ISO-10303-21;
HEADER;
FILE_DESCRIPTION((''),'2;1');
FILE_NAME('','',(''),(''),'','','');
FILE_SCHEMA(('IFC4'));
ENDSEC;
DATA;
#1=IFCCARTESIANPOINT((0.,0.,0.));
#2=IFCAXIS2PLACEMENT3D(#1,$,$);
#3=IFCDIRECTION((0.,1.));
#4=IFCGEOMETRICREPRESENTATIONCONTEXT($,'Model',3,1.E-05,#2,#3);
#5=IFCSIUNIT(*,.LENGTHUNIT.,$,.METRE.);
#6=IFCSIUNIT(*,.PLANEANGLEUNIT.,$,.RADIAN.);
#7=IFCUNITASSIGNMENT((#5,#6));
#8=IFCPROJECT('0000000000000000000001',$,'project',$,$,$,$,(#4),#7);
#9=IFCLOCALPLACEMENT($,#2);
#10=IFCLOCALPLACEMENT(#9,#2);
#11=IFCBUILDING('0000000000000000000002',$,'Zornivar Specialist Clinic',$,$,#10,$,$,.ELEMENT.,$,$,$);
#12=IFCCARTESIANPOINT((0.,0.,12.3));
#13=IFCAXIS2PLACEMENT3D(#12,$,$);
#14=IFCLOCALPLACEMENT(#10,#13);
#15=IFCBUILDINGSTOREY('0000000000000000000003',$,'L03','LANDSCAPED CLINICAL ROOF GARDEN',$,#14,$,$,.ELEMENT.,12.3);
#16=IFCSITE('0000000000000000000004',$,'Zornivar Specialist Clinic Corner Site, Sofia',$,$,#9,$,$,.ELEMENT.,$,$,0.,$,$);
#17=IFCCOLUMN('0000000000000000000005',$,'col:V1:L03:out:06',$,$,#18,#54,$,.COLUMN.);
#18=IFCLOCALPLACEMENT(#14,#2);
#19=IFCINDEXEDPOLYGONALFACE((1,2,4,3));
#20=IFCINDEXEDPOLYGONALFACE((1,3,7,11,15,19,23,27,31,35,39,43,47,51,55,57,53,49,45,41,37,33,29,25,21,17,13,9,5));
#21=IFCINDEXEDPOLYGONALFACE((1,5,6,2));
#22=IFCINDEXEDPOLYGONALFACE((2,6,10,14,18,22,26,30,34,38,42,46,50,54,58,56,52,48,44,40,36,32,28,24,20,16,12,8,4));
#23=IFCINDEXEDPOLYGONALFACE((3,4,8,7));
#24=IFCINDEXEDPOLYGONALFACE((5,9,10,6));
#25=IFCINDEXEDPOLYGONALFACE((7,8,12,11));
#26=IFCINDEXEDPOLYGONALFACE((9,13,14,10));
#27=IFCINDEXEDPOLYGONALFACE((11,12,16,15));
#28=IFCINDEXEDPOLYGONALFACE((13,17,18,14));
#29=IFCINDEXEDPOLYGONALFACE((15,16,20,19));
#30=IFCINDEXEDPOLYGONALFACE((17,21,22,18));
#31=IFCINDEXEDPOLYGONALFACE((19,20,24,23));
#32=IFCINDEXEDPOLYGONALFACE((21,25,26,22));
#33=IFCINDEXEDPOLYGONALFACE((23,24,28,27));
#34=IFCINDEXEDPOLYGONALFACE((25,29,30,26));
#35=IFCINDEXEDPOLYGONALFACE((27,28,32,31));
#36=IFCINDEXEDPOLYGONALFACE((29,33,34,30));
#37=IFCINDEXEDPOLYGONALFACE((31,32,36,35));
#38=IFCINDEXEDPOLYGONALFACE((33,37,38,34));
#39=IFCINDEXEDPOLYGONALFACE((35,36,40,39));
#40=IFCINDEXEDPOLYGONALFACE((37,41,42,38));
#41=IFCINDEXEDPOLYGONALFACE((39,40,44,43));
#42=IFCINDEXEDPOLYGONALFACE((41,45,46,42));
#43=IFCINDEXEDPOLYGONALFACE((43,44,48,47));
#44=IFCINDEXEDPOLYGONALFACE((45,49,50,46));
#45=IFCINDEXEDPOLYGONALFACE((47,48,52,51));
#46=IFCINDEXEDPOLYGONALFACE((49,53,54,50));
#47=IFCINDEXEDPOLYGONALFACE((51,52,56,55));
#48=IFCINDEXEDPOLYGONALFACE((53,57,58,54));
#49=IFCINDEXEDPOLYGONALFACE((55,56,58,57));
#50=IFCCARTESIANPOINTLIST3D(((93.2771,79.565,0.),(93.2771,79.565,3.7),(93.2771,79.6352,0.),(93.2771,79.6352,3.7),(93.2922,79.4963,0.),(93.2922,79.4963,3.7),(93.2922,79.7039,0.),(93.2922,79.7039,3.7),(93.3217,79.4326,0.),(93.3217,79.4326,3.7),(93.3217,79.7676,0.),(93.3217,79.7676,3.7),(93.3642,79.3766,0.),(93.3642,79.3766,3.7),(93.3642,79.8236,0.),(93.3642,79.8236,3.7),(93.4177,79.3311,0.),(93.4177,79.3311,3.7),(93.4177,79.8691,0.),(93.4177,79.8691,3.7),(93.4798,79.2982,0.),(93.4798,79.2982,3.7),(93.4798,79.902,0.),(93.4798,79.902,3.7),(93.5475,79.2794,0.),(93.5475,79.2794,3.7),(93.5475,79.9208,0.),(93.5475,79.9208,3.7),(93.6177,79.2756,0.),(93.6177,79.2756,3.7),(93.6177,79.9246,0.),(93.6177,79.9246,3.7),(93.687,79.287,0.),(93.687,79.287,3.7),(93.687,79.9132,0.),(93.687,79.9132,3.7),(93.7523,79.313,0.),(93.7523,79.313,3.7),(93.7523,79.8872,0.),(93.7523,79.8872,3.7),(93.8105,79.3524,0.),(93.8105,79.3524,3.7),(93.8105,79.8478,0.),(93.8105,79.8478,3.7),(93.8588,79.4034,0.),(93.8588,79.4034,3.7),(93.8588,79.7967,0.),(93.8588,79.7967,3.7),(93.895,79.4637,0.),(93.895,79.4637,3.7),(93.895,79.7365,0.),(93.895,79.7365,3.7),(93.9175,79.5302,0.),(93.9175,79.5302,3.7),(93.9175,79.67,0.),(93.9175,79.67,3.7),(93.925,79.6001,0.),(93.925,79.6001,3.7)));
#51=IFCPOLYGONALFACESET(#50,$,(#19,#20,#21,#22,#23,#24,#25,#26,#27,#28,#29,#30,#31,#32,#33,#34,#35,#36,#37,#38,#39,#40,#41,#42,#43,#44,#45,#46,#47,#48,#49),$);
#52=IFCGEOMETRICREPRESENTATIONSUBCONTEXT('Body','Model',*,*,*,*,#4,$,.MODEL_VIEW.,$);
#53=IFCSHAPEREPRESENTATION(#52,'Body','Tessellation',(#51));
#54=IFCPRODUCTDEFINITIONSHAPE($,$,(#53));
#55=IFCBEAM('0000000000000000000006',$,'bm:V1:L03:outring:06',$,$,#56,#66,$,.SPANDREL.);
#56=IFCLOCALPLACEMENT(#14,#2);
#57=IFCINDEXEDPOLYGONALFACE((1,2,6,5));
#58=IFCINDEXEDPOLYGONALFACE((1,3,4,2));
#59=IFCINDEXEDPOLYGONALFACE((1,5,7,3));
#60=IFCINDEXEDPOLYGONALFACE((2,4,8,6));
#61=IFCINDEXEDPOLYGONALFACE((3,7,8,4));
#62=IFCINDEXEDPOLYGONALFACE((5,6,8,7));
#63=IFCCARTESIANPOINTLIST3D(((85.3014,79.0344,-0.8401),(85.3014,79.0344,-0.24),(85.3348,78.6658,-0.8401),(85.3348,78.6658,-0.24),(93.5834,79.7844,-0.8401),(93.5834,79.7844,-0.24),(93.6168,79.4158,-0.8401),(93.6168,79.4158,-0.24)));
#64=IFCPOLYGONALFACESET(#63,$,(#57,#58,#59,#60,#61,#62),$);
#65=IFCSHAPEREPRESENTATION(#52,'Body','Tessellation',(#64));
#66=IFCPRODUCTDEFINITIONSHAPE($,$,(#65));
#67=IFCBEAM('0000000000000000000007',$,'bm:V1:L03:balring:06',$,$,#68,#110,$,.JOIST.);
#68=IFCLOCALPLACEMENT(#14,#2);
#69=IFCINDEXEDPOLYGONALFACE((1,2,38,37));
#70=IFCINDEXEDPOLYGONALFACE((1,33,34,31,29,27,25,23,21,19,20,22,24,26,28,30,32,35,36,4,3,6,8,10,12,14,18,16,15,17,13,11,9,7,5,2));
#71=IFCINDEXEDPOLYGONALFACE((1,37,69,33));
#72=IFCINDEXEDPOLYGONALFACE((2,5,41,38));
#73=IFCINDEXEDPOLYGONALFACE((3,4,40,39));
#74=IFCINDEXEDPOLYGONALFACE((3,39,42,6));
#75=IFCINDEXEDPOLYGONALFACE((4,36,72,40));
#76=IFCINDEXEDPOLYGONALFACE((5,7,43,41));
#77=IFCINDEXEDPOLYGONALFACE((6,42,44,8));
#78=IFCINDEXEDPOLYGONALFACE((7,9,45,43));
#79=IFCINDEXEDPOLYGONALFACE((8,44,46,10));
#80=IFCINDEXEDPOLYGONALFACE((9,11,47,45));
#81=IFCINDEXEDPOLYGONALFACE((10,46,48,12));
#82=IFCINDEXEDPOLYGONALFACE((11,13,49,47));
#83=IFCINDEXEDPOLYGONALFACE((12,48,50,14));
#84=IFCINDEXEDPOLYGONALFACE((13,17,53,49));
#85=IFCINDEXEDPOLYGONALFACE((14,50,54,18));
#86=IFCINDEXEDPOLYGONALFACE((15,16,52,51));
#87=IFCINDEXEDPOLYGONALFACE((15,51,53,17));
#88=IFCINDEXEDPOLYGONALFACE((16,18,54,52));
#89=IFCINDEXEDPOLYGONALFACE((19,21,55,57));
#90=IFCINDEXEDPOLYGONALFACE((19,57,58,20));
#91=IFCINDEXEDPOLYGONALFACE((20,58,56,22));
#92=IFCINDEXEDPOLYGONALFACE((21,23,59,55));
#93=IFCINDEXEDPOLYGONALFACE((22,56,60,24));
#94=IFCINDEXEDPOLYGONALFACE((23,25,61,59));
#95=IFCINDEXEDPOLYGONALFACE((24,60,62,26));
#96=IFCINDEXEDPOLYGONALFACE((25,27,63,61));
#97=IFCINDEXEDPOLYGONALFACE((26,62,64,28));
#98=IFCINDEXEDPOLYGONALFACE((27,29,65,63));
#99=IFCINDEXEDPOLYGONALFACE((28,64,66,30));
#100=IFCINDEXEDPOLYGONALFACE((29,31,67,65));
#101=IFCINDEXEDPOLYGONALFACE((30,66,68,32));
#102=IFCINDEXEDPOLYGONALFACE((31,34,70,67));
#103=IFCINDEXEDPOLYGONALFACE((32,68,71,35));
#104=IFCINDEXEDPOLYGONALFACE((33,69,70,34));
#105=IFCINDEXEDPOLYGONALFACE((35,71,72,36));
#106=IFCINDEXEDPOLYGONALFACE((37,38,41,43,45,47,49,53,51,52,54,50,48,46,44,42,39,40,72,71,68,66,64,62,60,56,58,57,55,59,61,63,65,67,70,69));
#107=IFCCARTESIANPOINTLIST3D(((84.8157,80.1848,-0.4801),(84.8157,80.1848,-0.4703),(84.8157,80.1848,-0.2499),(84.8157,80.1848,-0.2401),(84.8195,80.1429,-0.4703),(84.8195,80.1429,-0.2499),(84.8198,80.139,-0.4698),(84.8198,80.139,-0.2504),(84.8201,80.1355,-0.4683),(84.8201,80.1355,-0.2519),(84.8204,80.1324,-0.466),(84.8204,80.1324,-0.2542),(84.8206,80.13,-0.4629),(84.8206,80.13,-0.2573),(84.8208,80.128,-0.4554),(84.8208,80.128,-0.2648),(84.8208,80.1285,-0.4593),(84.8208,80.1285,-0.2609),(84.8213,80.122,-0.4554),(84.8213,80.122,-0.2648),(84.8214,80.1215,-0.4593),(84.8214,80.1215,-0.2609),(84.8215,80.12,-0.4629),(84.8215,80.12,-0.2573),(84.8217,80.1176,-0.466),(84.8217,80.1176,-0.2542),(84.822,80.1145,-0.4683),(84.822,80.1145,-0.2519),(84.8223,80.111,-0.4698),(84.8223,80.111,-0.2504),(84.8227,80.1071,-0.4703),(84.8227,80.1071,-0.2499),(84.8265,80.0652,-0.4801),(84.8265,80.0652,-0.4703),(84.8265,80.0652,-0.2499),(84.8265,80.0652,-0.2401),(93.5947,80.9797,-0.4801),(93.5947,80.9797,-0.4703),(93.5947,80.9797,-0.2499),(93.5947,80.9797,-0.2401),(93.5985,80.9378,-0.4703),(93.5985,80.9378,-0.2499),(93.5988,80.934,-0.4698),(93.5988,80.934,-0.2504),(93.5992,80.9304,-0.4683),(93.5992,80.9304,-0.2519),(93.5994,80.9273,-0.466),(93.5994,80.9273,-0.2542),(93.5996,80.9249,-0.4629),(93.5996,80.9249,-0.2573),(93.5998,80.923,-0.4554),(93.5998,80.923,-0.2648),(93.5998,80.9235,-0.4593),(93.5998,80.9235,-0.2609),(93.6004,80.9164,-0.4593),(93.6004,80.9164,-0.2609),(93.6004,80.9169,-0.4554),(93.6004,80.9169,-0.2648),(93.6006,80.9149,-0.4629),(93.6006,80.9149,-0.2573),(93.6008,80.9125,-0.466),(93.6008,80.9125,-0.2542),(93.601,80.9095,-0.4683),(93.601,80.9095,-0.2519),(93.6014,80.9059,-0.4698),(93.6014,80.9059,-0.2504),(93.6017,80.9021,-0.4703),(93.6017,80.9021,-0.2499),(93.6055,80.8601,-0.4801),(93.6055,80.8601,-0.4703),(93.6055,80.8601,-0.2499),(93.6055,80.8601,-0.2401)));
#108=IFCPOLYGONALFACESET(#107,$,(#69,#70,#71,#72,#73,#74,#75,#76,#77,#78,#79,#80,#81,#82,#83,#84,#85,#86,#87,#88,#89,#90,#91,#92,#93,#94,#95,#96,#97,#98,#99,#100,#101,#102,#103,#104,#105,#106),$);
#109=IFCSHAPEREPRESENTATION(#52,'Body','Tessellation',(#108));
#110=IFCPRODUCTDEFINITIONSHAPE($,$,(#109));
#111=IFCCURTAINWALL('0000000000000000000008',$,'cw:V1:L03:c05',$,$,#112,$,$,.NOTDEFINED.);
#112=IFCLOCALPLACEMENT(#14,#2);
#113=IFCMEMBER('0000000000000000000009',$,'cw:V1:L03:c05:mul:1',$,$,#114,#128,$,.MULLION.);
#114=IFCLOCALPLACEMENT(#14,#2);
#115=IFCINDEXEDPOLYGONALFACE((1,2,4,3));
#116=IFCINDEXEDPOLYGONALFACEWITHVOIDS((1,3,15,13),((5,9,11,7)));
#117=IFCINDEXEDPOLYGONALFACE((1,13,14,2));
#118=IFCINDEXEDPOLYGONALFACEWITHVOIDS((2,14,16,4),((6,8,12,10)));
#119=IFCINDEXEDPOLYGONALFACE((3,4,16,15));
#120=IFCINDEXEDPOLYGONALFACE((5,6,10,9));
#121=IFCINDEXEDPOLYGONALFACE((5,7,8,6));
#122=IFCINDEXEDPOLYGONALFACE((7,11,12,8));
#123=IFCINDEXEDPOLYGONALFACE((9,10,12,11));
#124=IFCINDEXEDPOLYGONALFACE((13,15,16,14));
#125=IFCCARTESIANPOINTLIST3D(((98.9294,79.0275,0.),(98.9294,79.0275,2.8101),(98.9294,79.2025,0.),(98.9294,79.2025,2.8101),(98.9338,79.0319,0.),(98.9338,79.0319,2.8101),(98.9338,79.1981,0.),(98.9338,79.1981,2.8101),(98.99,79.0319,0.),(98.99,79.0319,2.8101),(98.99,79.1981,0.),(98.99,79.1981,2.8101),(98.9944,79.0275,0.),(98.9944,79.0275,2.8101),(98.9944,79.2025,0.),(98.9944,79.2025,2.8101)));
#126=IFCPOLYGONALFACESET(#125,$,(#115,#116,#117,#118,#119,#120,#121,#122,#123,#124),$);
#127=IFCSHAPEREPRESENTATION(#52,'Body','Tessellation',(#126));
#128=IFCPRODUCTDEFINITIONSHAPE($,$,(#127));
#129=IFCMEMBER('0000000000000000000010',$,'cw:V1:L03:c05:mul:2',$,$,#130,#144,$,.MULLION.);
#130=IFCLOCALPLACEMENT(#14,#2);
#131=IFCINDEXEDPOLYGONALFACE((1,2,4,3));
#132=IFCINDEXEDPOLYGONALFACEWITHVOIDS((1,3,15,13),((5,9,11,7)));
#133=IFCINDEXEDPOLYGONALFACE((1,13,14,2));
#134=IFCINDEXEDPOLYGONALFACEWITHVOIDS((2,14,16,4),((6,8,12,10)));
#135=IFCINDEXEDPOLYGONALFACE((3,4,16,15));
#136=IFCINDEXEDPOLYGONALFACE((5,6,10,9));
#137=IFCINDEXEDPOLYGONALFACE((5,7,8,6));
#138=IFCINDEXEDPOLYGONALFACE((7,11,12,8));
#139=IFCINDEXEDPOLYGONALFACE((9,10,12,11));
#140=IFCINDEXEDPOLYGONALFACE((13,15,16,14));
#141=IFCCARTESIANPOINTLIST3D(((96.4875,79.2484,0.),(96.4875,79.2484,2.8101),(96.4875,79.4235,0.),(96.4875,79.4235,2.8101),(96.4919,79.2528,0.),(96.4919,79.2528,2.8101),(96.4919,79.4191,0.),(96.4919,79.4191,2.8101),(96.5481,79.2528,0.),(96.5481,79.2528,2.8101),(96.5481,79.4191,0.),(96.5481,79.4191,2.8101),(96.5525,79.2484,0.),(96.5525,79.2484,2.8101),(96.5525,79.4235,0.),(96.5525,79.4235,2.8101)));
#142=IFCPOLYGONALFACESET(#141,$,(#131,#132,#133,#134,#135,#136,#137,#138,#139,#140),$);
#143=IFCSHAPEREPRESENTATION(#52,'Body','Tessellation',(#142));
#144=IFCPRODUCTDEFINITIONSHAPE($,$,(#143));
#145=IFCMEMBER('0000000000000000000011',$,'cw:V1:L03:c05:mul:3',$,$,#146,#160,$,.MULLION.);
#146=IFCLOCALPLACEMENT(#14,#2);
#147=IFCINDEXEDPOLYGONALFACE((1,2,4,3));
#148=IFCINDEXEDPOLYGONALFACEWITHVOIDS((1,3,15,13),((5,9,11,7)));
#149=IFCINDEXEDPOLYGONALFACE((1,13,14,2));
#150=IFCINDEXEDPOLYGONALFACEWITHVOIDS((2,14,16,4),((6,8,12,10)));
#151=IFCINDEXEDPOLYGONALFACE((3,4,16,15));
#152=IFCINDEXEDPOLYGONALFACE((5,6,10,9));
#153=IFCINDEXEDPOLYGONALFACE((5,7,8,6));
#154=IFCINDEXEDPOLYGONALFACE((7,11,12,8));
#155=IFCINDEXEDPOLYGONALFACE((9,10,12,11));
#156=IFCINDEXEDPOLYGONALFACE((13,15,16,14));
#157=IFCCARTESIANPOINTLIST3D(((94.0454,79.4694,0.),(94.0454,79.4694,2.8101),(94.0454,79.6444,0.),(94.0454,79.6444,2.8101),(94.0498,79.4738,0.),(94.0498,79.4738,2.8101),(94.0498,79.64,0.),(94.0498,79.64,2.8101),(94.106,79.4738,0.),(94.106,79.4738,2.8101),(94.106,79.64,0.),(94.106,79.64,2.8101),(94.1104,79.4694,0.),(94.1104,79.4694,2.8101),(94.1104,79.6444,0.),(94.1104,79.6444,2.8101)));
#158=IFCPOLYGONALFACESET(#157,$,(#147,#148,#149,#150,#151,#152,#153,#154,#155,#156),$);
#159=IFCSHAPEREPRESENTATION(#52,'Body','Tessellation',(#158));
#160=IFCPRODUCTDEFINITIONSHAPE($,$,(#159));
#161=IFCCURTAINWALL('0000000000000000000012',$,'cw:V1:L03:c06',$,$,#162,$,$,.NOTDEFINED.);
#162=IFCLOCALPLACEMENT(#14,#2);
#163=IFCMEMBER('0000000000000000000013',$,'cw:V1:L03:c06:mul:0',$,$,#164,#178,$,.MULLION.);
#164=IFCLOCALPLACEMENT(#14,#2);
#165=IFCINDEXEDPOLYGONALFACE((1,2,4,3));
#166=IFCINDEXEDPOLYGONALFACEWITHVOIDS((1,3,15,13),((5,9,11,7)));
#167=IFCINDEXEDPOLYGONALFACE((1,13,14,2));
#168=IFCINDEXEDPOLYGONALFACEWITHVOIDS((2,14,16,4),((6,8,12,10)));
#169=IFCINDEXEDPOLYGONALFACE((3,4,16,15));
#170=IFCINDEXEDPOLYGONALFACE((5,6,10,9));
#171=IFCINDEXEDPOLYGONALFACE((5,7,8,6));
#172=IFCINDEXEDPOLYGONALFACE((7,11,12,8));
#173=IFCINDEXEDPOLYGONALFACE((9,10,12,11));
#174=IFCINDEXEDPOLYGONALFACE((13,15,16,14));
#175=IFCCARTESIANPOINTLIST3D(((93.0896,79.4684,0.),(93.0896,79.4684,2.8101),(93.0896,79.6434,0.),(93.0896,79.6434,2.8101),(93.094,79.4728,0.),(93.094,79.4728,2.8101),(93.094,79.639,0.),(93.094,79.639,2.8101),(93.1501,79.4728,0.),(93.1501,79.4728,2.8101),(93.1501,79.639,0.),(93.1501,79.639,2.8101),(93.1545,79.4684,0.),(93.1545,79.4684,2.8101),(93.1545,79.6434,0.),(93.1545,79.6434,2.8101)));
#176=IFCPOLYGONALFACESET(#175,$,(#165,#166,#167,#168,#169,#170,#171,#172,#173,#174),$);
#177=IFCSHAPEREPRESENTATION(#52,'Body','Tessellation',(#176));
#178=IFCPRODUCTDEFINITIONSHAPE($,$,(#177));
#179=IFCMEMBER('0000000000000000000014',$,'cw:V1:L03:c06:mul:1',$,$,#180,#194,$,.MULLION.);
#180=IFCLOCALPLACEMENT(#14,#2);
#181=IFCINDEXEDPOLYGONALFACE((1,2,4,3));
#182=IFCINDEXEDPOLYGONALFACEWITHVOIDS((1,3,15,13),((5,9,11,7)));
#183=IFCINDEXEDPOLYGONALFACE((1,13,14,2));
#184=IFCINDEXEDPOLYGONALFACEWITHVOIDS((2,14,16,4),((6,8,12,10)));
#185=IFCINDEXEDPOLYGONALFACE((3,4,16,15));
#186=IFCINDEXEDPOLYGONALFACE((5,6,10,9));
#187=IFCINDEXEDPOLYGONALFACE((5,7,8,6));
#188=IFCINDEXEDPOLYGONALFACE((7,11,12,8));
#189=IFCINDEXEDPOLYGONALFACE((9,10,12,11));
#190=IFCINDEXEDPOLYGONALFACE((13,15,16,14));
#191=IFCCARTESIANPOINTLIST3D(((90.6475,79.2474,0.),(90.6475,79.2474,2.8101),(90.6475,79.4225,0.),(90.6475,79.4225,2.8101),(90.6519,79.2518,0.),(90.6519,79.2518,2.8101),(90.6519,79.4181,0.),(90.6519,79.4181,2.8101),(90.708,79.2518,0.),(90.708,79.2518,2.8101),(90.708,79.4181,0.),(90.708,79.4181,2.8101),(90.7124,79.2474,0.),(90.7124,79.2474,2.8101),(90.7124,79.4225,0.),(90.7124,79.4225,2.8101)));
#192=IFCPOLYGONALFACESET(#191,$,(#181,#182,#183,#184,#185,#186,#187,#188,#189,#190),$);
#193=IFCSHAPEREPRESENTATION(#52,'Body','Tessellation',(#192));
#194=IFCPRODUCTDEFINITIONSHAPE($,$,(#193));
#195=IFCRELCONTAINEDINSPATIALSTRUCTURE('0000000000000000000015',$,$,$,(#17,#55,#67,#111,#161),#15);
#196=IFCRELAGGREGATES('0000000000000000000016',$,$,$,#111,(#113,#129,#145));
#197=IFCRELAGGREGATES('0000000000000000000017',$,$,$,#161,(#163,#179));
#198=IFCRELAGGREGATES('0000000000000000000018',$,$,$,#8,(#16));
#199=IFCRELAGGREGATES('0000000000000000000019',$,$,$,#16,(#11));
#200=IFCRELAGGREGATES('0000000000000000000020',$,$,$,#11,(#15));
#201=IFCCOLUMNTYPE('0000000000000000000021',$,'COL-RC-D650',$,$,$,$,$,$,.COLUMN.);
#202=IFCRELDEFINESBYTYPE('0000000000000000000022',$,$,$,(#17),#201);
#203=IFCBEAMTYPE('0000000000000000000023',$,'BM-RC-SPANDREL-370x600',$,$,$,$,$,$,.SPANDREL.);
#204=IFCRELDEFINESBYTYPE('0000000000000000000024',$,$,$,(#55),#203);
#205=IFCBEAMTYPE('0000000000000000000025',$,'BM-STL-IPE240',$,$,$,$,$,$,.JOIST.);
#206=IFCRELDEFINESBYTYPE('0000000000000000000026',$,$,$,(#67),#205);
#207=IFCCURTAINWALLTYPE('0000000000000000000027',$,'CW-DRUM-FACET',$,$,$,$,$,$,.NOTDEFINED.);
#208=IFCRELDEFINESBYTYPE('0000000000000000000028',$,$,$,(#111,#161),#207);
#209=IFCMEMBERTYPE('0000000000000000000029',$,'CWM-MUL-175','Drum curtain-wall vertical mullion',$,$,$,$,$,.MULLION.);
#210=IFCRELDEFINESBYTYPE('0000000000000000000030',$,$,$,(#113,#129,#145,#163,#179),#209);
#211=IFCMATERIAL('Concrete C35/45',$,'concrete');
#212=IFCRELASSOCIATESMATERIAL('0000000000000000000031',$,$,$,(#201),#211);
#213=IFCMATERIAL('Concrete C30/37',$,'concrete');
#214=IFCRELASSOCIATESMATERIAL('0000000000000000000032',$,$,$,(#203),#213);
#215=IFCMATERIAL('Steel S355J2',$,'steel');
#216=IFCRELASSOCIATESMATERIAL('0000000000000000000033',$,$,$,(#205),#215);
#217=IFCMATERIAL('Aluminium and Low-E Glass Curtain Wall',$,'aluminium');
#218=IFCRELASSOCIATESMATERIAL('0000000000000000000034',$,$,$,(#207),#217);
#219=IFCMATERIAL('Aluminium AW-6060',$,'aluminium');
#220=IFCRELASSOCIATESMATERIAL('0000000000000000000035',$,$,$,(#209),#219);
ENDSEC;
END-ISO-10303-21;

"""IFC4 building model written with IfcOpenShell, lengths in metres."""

from ifc_helpers import new_model, si_unit, direction, frame, origin, origin_2d, place, context, subcontext, project, spatial, rectangle, hollow_rectangle, circle, i_section, extrude, material, material_profile, profile_set, type_object, element, aggregate, save


model = new_model("IFC4")

# Units and contexts
model_context = context("Model", 3, precision=1e-05, world=origin(), true_north=direction((0.0, 1.0)))
body_context = subcontext(model_context, "Body", "Model", "MODEL_VIEW")
ifc_project = project(units=[si_unit("LENGTHUNIT", "METRE"), si_unit("PLANEANGLEUNIT", "RADIAN")], contexts=[model_context])

# Site, building, storey
site_placement = place(None, origin())
site = spatial("IfcSite", under=ifc_project, at=site_placement, Name="Zornivar Specialist Clinic Corner Site, Sofia", CompositionType="ELEMENT", RefElevation=0.0)
building_placement = place(site_placement, origin())
building = spatial("IfcBuilding", under=site, at=building_placement, Name="Zornivar Specialist Clinic", CompositionType="ELEMENT")
storey_placement = place(building_placement, frame((0.0, 0.0, 12.3)))
storey = spatial("IfcBuildingStorey", under=building, at=storey_placement, Name="L03", Description="LANDSCAPED CLINICAL ROOF GARDEN", CompositionType="ELEMENT", Elevation=12.3)

# Column
ifc_material_1 = material(Name="Concrete C35/45", Category="concrete")
ifc_material_profile_1 = material_profile(ifc_material_1, circle(Radius=0.325, at=origin_2d()), Name="RC D650")
ifc_profile_set_1 = profile_set([ifc_material_profile_1], Name="Concrete C35/45")
column_type = type_object("IfcColumnType", Name="COL-RC-D650", PredefinedType="COLUMN", material=ifc_profile_set_1)
column_placement = place(storey_placement, frame((93.6001, 79.6001, 0.0), z_axis=(0.0, 0.0, 1.0), x_axis=(1.0, 0.0, 0.0)))
element("IfcColumn", 1, at=column_placement, inside=storey, type_object=column_type, Name="col:V1:L03:out:06", PredefinedType="COLUMN", context=body_context, shape_type="SweptSolid", body=[
    extrude(circle(Radius=0.325, at=origin_2d()), origin(), (0.0, 0.0, 1.0), 3.7),
])

# Beams
ifc_material_2 = material(Name="Concrete C30/37", Category="concrete")
ifc_material_profile_2 = material_profile(ifc_material_2, rectangle(XDim=0.3701, YDim=0.6001, at=origin_2d()), Name="RC 370x600")
ifc_profile_set_2 = profile_set([ifc_material_profile_2], Name="Concrete C30/37")
beam_type_1 = type_object("IfcBeamType", Name="BM-RC-SPANDREL-370x600", PredefinedType="SPANDREL", material=ifc_profile_set_2)
beam_1_placement = place(storey_placement, frame((93.6001, 79.6001, -0.54), z_axis=(-0.995925, -0.090189, 0.0), x_axis=(0.090189, -0.995925, 0.0)))
element("IfcBeam", 2, at=beam_1_placement, inside=storey, type_object=beam_type_1, Name="bm:V1:L03:outring:06", PredefinedType="SPANDREL", context=body_context, shape_type="SweptSolid", body=[
    extrude(rectangle(XDim=0.3701, YDim=0.6001, at=origin_2d()), origin(), (0.0, 0.0, 1.0), 8.3159),
])
ifc_material_3 = material(Name="Steel S355J2", Category="steel")
ifc_material_profile_3 = material_profile(ifc_material_3, i_section(OverallWidth=0.1201, OverallDepth=0.24, WebThickness=0.0061, FlangeThickness=0.0098, FilletRadius=0.0149, at=origin_2d()), Name="IPE 240")
ifc_profile_set_3 = profile_set([ifc_material_profile_3], Name="Steel S355J2")
beam_type_2 = type_object("IfcBeamType", Name="BM-STL-IPE240", PredefinedType="JOIST", material=ifc_profile_set_3)
beam_2_placement = place(storey_placement, frame((93.6001, 80.9199, -0.3601), z_axis=(-0.995926, -0.090179, 0.0), x_axis=(0.090179, -0.995926, 0.0)))
element("IfcBeam", 3, at=beam_2_placement, inside=storey, type_object=beam_type_2, Name="bm:V1:L03:balring:06", PredefinedType="JOIST", context=body_context, shape_type="SweptSolid", body=[
    extrude(i_section(OverallWidth=0.1201, OverallDepth=0.24, WebThickness=0.0061, FlangeThickness=0.0098, FilletRadius=0.0149, at=origin_2d()), origin(), (0.0, 0.0, 1.0), 8.8149),
])

# Curtain walls, members
ifc_material_4 = material(Name="Aluminium and Low-E Glass Curtain Wall", Category="aluminium")
curtain_wall_type = type_object("IfcCurtainWallType", Name="CW-DRUM-FACET", PredefinedType="NOTDEFINED", material=ifc_material_4)
curtain_wall_1_placement = place(storey_placement, origin())
curtain_wall_1 = element("IfcCurtainWall", 4, at=curtain_wall_1_placement, inside=storey, type_object=curtain_wall_type, Name="cw:V1:L03:c05", PredefinedType="NOTDEFINED")
ifc_material_5 = material(Name="Aluminium AW-6060", Category="aluminium")
ifc_material_profile_4 = material_profile(ifc_material_5, hollow_rectangle(XDim=0.0649, YDim=0.175, WallThickness=0.0044, at=origin_2d()), Name="ALU 65x175x4.5")
ifc_profile_set_4 = profile_set([ifc_material_profile_4], Name="Aluminium AW-6060")
member_type_1 = type_object("IfcMemberType", Name="CWM-MUL-175", Description="Drum curtain-wall vertical mullion", PredefinedType="MULLION", material=ifc_profile_set_4)
member_1_placement = place(storey_placement, frame((98.9619, 79.115, 0.0), z_axis=(0.0, 0.0, 1.0), x_axis=(1.0, 0.0, 0.0)))
member_1 = element("IfcMember", 5, at=member_1_placement, type_object=member_type_1, Name="cw:V1:L03:c05:mul:1", PredefinedType="MULLION", context=body_context, shape_type="SweptSolid", body=[
    extrude(hollow_rectangle(XDim=0.0649, YDim=0.175, WallThickness=0.0044, at=origin_2d()), origin(), (0.0, 0.0, 1.0), 2.8101),
])
member_2_placement = place(storey_placement, frame((96.52, 79.3359, 0.0), z_axis=(0.0, 0.0, 1.0), x_axis=(1.0, 0.0, 0.0)))
member_2 = element("IfcMember", 6, at=member_2_placement, type_object=member_type_1, Name="cw:V1:L03:c05:mul:2", PredefinedType="MULLION", context=body_context, shape_type="SweptSolid", body=[
    extrude(hollow_rectangle(XDim=0.0649, YDim=0.175, WallThickness=0.0044, at=origin_2d()), origin(), (0.0, 0.0, 1.0), 2.8101),
])
member_3_placement = place(storey_placement, frame((94.0779, 79.5569, 0.0), z_axis=(0.0, 0.0, 1.0), x_axis=(1.0, 0.0, 0.0)))
member_3 = element("IfcMember", 7, at=member_3_placement, type_object=member_type_1, Name="cw:V1:L03:c05:mul:3", PredefinedType="MULLION", context=body_context, shape_type="SweptSolid", body=[
    extrude(hollow_rectangle(XDim=0.0649, YDim=0.175, WallThickness=0.0044, at=origin_2d()), origin(), (0.0, 0.0, 1.0), 2.8101),
])
curtain_wall_2_placement = place(storey_placement, origin())
curtain_wall_2 = element("IfcCurtainWall", 8, at=curtain_wall_2_placement, inside=storey, type_object=curtain_wall_type, Name="cw:V1:L03:c06", PredefinedType="NOTDEFINED")
member_4_placement = place(storey_placement, frame((93.1221, 79.5559, 0.0), z_axis=(0.0, 0.0, 1.0), x_axis=(1.0, 0.0, 0.0)))
member_4 = element("IfcMember", 9, at=member_4_placement, type_object=member_type_1, Name="cw:V1:L03:c06:mul:0", PredefinedType="MULLION", context=body_context, shape_type="SweptSolid", body=[
    extrude(hollow_rectangle(XDim=0.0649, YDim=0.175, WallThickness=0.0044, at=origin_2d()), origin(), (0.0, 0.0, 1.0), 2.8101),
])
member_5_placement = place(storey_placement, frame((90.6799, 79.335, 0.0), z_axis=(0.0, 0.0, 1.0), x_axis=(1.0, 0.0, 0.0)))
member_5 = element("IfcMember", 10, at=member_5_placement, type_object=member_type_1, Name="cw:V1:L03:c06:mul:1", PredefinedType="MULLION", context=body_context, shape_type="SweptSolid", body=[
    extrude(hollow_rectangle(XDim=0.0649, YDim=0.175, WallThickness=0.0044, at=origin_2d()), origin(), (0.0, 0.0, 1.0), 2.8101),
])

aggregate(curtain_wall_1, [member_1, member_2, member_3])
aggregate(curtain_wall_2, [member_4, member_5])

save(model, "model.ifc")
